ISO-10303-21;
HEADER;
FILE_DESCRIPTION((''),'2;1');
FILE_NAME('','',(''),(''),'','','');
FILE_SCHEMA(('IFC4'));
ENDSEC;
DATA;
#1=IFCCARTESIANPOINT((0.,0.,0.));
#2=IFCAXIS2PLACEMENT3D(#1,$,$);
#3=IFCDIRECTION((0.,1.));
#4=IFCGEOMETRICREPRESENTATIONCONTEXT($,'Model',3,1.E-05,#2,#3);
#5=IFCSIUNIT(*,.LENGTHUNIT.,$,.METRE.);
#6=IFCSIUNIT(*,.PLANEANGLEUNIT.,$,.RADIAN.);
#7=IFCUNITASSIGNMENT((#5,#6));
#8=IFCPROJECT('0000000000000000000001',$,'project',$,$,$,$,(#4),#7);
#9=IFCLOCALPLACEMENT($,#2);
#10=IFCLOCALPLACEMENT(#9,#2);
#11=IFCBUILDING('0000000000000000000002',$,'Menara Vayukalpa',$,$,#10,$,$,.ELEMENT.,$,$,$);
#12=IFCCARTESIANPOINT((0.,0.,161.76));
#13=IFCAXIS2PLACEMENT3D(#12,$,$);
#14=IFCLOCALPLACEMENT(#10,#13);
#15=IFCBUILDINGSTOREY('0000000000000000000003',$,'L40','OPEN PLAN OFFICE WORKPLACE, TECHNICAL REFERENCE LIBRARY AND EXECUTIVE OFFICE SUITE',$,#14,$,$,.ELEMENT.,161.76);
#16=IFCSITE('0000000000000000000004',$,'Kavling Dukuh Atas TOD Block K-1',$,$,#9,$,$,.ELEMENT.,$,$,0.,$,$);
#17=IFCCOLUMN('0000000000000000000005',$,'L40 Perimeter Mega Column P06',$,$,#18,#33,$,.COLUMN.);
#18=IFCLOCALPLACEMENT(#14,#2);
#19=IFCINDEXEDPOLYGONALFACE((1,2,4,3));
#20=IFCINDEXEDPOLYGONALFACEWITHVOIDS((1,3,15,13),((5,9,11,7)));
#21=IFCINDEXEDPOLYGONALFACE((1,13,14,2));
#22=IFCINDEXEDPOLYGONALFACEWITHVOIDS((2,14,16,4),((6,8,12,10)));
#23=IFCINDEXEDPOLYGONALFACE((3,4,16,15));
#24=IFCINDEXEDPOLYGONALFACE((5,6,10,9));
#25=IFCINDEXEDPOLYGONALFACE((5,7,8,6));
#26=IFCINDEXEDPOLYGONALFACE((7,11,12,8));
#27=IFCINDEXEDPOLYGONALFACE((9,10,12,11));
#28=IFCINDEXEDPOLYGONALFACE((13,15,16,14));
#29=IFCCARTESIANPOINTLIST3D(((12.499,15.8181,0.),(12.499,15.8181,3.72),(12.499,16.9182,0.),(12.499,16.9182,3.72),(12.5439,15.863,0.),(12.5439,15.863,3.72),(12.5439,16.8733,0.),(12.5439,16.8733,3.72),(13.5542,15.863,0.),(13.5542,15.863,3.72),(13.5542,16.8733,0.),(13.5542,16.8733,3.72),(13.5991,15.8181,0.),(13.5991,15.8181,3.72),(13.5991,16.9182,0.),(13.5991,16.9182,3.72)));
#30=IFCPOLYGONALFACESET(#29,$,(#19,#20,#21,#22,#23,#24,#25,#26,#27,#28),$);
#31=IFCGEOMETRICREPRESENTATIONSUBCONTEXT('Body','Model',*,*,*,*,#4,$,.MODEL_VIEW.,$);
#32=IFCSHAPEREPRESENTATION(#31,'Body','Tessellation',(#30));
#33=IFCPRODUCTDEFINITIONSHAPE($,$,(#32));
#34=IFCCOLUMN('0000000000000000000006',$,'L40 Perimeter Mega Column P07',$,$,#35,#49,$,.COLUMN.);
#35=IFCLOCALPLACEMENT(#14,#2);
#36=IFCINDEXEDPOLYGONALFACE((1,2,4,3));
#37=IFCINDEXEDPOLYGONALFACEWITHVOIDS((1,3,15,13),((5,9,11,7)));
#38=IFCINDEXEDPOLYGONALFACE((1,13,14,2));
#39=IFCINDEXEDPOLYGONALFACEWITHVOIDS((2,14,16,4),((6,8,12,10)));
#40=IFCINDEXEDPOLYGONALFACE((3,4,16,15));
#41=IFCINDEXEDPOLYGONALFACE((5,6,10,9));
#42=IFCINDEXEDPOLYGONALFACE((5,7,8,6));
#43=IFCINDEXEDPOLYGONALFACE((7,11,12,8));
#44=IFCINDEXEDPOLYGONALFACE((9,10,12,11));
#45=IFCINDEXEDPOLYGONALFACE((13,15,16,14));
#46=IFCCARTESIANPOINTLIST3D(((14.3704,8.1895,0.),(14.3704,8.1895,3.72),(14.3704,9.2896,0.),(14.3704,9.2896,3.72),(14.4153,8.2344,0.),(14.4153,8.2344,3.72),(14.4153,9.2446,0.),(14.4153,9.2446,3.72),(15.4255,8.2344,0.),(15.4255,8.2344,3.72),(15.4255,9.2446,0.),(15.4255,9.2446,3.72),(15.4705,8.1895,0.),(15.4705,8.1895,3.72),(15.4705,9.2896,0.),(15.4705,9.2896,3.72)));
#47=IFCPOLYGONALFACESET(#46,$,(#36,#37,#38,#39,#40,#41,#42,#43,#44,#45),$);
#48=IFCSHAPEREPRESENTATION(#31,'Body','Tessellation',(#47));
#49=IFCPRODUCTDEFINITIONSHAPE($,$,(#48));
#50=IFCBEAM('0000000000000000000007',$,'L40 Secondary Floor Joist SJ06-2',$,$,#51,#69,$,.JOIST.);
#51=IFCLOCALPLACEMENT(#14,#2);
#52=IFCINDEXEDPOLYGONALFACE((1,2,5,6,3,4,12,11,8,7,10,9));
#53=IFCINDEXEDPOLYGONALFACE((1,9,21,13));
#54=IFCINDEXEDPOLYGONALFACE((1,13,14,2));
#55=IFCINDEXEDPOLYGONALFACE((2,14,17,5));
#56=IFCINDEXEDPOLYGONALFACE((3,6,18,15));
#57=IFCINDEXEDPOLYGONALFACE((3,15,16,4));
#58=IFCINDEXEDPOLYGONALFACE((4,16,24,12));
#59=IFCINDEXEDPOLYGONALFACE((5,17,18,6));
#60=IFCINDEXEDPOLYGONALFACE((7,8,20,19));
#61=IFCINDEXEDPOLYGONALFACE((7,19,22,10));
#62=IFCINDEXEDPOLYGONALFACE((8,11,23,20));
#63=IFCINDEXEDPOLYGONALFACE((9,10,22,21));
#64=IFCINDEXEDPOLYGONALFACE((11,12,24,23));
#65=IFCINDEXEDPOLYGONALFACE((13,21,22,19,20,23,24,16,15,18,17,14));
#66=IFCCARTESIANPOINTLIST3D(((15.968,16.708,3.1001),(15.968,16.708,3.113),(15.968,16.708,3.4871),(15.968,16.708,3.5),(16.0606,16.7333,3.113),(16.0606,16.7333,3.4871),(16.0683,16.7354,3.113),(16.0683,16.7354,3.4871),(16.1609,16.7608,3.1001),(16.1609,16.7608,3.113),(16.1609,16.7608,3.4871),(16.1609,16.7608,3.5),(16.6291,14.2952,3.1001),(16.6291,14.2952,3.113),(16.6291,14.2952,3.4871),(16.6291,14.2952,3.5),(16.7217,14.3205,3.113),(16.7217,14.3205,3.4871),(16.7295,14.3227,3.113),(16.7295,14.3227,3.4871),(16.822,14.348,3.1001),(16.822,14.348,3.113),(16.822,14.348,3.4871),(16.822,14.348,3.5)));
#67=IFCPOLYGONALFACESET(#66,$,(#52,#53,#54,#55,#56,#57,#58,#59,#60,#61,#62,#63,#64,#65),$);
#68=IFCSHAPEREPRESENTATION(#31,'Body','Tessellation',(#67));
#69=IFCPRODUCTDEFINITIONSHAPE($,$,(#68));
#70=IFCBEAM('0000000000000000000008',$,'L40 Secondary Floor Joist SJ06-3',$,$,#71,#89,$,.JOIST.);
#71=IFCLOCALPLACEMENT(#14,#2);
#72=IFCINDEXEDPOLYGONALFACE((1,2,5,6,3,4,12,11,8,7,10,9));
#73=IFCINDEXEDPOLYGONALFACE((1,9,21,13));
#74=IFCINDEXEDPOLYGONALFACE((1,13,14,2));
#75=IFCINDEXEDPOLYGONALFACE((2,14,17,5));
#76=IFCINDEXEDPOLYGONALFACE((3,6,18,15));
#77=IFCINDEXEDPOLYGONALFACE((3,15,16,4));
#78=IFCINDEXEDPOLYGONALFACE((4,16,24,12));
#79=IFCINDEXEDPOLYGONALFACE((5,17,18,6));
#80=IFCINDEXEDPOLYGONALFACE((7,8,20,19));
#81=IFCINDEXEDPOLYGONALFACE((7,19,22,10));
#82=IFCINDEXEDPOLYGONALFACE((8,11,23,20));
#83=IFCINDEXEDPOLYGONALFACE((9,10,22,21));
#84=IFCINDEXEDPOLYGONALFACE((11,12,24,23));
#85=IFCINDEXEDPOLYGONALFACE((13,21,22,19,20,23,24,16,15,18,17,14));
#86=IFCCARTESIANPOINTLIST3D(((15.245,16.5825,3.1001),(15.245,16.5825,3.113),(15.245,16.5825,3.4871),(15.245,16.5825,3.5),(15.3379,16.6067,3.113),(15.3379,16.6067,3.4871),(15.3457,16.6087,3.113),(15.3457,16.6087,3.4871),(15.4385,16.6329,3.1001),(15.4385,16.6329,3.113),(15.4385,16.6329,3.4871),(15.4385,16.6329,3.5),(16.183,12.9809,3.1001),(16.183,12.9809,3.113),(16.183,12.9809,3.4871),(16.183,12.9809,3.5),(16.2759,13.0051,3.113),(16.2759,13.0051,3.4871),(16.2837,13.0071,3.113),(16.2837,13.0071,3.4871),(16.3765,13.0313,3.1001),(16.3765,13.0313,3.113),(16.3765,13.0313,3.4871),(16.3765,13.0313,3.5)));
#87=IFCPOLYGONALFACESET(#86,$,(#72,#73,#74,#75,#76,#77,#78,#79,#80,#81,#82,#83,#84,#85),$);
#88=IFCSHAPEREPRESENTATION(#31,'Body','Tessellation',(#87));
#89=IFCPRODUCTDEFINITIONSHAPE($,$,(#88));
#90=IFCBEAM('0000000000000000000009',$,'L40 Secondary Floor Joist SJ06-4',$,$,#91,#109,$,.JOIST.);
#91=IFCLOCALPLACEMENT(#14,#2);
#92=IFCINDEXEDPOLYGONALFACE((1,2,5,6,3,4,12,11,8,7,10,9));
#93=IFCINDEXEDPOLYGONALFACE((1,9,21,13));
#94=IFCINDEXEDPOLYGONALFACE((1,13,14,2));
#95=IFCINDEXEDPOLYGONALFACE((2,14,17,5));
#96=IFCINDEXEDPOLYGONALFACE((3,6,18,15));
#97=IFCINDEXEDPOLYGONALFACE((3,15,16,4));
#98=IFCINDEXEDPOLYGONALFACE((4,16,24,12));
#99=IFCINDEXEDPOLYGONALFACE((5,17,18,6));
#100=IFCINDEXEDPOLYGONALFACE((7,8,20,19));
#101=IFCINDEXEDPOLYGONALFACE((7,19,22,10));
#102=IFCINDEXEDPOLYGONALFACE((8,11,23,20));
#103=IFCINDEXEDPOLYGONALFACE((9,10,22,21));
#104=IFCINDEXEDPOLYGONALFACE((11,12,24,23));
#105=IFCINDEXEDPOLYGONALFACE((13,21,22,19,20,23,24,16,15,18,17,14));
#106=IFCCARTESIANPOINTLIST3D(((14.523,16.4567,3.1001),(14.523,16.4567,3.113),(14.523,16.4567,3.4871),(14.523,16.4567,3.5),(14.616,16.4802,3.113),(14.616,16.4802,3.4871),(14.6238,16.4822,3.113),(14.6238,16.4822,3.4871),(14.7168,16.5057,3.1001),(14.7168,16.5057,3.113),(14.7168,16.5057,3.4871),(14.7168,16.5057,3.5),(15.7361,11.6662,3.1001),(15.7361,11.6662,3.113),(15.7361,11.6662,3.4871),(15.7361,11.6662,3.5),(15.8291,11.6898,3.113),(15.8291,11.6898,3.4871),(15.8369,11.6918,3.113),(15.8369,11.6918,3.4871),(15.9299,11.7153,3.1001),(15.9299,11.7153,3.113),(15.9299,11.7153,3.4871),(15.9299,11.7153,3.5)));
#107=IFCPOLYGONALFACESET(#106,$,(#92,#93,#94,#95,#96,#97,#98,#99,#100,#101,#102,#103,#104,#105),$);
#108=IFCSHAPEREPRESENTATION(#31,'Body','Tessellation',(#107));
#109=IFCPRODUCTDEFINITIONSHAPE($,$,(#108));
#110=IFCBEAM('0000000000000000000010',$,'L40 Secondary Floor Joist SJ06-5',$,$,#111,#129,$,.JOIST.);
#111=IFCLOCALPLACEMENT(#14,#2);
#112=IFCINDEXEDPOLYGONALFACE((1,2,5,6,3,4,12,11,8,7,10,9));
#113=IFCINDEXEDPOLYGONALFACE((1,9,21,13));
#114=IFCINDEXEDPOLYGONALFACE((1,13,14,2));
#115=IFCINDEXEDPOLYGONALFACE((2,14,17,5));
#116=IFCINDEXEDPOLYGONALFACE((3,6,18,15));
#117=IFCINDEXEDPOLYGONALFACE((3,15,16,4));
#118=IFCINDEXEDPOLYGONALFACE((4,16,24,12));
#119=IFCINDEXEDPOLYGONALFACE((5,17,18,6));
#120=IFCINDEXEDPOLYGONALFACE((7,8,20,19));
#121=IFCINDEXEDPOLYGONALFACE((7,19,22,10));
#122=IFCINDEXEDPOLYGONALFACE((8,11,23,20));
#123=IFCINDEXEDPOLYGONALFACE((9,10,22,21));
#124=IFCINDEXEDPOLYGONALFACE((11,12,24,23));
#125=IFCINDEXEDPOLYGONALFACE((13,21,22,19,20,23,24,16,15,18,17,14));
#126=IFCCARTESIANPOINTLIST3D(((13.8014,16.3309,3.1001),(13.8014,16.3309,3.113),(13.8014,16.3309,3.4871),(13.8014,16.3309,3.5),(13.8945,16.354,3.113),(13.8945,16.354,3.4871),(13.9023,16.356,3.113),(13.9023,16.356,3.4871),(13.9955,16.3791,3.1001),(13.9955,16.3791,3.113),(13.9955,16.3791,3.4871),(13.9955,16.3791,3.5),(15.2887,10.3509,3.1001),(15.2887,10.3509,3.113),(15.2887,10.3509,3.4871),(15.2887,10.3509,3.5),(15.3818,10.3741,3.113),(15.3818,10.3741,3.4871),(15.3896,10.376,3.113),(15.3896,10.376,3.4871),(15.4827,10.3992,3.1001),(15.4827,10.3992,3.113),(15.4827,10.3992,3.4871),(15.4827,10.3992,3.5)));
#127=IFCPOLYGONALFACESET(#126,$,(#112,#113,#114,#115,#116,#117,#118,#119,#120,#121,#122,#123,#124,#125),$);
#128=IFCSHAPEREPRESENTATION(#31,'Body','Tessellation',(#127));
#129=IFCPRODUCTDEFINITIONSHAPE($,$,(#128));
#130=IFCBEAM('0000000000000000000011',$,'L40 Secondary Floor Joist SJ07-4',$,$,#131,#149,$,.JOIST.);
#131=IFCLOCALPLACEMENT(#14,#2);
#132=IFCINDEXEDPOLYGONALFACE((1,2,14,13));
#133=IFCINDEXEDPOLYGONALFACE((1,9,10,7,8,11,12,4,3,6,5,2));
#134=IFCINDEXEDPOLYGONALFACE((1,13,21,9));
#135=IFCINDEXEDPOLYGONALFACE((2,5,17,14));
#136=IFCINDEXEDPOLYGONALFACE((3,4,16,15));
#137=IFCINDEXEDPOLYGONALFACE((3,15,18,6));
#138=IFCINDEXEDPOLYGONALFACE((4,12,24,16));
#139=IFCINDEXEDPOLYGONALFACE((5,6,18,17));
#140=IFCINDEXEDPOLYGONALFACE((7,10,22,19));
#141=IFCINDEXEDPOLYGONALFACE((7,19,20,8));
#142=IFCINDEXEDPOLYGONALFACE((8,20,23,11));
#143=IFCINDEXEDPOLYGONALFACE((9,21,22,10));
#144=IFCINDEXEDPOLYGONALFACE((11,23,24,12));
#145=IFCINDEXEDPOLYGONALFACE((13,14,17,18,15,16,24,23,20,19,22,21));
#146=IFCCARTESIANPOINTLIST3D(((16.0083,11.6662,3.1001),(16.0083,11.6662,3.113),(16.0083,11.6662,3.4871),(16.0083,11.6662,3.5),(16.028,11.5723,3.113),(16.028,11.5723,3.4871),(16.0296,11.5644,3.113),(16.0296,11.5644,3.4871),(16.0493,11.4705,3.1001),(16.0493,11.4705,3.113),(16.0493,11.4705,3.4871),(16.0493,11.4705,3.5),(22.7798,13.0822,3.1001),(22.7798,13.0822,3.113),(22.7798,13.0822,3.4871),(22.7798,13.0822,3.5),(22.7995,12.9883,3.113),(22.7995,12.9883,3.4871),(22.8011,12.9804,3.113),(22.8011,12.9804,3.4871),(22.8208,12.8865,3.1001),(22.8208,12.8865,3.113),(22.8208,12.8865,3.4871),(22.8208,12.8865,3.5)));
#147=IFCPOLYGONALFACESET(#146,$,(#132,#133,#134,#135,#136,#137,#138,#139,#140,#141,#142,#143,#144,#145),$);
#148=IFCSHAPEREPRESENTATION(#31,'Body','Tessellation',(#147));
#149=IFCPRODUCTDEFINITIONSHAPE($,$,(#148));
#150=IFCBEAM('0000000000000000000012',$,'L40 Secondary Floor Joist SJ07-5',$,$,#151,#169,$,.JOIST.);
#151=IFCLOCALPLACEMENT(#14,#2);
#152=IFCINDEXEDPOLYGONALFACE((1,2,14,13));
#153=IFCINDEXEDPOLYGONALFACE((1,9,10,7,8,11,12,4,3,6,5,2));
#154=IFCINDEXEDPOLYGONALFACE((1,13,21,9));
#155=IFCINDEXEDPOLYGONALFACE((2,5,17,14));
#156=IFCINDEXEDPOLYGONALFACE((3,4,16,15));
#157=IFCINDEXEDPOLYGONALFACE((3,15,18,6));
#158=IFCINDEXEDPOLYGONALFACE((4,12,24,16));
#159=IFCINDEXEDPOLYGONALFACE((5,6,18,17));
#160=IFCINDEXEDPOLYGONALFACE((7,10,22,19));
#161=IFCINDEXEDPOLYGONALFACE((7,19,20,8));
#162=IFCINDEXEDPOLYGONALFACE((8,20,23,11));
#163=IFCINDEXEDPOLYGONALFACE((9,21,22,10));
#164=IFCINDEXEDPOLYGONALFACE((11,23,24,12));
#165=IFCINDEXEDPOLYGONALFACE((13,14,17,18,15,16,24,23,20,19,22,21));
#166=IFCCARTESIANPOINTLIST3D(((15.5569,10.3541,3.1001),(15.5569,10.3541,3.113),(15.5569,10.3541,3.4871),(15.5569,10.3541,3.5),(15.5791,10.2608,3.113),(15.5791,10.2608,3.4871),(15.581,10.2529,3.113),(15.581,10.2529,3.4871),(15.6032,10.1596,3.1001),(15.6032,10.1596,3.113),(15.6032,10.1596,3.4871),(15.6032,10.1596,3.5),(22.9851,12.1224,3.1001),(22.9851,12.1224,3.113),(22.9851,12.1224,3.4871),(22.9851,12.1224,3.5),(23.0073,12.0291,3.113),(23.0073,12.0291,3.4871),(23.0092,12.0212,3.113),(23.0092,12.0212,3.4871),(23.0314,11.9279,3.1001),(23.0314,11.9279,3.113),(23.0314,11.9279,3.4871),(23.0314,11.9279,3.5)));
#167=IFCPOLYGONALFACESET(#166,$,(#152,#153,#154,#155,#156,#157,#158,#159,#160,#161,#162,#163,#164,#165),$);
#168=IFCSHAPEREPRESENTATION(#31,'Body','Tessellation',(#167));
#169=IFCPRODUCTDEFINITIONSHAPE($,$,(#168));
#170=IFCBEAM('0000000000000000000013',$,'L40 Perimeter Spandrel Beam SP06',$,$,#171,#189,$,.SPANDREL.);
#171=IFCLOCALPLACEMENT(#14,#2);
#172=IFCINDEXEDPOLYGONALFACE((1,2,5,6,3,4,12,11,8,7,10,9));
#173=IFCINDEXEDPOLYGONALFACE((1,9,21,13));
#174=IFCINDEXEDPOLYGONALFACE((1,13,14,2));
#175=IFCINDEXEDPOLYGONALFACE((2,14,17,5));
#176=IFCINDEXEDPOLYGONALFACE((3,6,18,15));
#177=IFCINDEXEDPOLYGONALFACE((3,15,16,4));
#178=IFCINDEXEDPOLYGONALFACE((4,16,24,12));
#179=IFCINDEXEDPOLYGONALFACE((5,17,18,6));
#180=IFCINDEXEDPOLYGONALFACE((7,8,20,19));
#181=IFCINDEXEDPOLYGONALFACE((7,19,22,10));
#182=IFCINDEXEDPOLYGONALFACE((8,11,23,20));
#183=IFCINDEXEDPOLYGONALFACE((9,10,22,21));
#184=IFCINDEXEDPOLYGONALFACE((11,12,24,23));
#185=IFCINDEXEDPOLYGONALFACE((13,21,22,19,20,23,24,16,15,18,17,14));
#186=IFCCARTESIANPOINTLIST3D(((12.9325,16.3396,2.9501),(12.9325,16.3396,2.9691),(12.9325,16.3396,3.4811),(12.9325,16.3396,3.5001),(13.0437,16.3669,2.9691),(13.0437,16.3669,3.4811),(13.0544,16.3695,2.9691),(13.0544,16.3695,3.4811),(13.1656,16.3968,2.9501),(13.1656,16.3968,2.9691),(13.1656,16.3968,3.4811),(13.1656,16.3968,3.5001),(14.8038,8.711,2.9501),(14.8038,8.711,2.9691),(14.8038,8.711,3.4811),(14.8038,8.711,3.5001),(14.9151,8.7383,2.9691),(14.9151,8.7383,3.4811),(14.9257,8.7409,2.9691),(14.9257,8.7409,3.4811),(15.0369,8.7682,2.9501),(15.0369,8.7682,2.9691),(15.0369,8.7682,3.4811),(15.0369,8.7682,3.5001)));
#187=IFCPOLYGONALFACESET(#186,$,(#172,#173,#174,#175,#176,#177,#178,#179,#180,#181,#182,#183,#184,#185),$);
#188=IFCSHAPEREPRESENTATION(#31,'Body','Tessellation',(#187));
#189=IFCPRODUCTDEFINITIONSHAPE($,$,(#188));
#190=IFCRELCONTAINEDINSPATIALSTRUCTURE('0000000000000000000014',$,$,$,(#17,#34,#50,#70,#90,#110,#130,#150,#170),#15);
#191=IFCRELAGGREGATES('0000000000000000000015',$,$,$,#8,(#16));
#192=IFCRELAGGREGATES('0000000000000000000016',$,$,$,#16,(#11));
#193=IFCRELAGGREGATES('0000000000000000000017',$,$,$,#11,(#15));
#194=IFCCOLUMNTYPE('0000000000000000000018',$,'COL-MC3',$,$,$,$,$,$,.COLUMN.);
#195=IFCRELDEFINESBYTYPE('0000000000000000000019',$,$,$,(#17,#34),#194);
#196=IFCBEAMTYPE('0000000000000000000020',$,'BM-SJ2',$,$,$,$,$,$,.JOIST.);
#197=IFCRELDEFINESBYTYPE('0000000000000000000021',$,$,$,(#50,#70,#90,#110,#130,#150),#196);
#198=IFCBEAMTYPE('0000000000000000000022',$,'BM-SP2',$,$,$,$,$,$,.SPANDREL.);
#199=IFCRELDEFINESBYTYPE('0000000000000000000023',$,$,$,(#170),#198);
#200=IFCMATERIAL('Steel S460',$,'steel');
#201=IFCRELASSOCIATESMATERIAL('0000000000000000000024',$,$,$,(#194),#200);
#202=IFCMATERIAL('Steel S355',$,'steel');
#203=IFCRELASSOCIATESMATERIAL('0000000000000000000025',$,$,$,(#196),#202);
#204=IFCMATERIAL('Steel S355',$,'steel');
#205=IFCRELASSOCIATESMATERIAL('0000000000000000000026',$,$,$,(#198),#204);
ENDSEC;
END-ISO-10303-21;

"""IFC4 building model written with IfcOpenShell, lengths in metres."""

from ifc_helpers import new_model, si_unit, direction, frame, origin, origin_2d, place, context, subcontext, project, spatial, hollow_rectangle, i_section, extrude, material, material_profile, profile_set, type_object, element, save


model = new_model("IFC4")

# Units and contexts
model_context = context("Model", 3, precision=1e-05, world=origin(), true_north=direction((0.0, 1.0)))
body_context = subcontext(model_context, "Body", "Model", "MODEL_VIEW")
ifc_project = project(units=[si_unit("LENGTHUNIT", "METRE"), si_unit("PLANEANGLEUNIT", "RADIAN")], contexts=[model_context])

# Site, building, storey
site_placement = place(None, origin())
site = spatial("IfcSite", under=ifc_project, at=site_placement, Name="Kavling Dukuh Atas TOD Block K-1", CompositionType="ELEMENT", RefElevation=0.0)
building_placement = place(site_placement, origin())
building = spatial("IfcBuilding", under=site, at=building_placement, Name="Menara Vayukalpa", CompositionType="ELEMENT")
storey_placement = place(building_placement, frame((0.0, 0.0, 161.76)))
storey = spatial("IfcBuildingStorey", under=building, at=storey_placement, Name="L40", Description="OPEN PLAN OFFICE WORKPLACE, TECHNICAL REFERENCE LIBRARY AND EXECUTIVE OFFICE SUITE", CompositionType="ELEMENT", Elevation=161.76)

# Columns
ifc_material_1 = material(Name="Steel S460", Category="steel")
ifc_material_profile_1 = material_profile(ifc_material_1, hollow_rectangle(XDim=1.1001, YDim=1.1001, WallThickness=0.0449, at=origin_2d()), Name="BOX 1100x1100x45")
ifc_profile_set_1 = profile_set([ifc_material_profile_1], Name="Steel S460")
column_type = type_object("IfcColumnType", Name="COL-MC3", PredefinedType="COLUMN", material=ifc_profile_set_1)
for number, where, z_axis, x_axis, name in (
    (1, (13.0491, 16.3682, 0.0), (0.0, 0.0, 1.0), (1.0, 0.0, 0.0), "L40 Perimeter Mega Column P06"),
    (2, (14.9204, 8.7395, 0.0), (0.0, 0.0, 1.0), (1.0, 0.0, 0.0), "L40 Perimeter Mega Column P07"),
):
    element("IfcColumn", number, at=place(storey_placement, frame(where, z_axis=z_axis, x_axis=x_axis)), inside=storey, type_object=column_type, Name=name, PredefinedType="COLUMN", context=body_context, shape_type="SweptSolid", body=[
        extrude(hollow_rectangle(XDim=1.1001, YDim=1.1001, WallThickness=0.0449, at=origin_2d()), origin(), (0.0, 0.0, 1.0), 3.72),
    ])

# Beams
ifc_material_2 = material(Name="Steel S355", Category="steel")
ifc_material_profile_2 = material_profile(ifc_material_2, i_section(OverallWidth=0.2, OverallDepth=0.3999, WebThickness=0.0081, FlangeThickness=0.0129, at=origin_2d()), Name="WF 400x200x8x13")
ifc_profile_set_2 = profile_set([ifc_material_profile_2], Name="Steel S355")
beam_type_1 = type_object("IfcBeamType", Name="BM-SJ2", PredefinedType="JOIST", material=ifc_profile_set_2)
beam_1_placement = place(storey_placement, frame((16.0645, 16.7344, 3.3), z_axis=(0.264265, -0.96445, 0.0), x_axis=(0.96445, 0.264265, 0.0)))
element("IfcBeam", 3, at=beam_1_placement, inside=storey, type_object=beam_type_1, Name="L40 Secondary Floor Joist SJ06-2", PredefinedType="JOIST", context=body_context, shape_type="SweptSolid", body=[
    extrude(i_section(OverallWidth=0.2, OverallDepth=0.3999, WebThickness=0.0081, FlangeThickness=0.0129, at=origin_2d()), origin(), (0.0, 0.0, 1.0), 2.5017),
])
beam_2_placement = place(storey_placement, frame((15.3418, 16.6077, 3.3), z_axis=(0.252032, -0.967719, 0.0), x_axis=(0.967719, 0.252032, 0.0)))
element("IfcBeam", 4, at=beam_2_placement, inside=storey, type_object=beam_type_1, Name="L40 Secondary Floor Joist SJ06-3", PredefinedType="JOIST", context=body_context, shape_type="SweptSolid", body=[
    extrude(i_section(OverallWidth=0.2, OverallDepth=0.3999, WebThickness=0.0081, FlangeThickness=0.0129, at=origin_2d()), origin(), (0.0, 0.0, 1.0), 3.7217),
])
beam_3_placement = place(storey_placement, frame((14.6199, 16.4812, 3.3), z_axis=(0.245487, -0.9694, 0.0), x_axis=(0.9694, 0.245487, 0.0)))
element("IfcBeam", 5, at=beam_3_placement, inside=storey, type_object=beam_type_1, Name="L40 Secondary Floor Joist SJ06-4", PredefinedType="JOIST", context=body_context, shape_type="SweptSolid", body=[
    extrude(i_section(OverallWidth=0.2, OverallDepth=0.3999, WebThickness=0.0081, FlangeThickness=0.0129, at=origin_2d()), origin(), (0.0, 0.0, 1.0), 4.9417),
])
beam_4_placement = place(storey_placement, frame((13.8984, 16.355, 3.3), z_axis=(0.241361, -0.970435, 0.0), x_axis=(0.970435, 0.241361, 0.0)))
element("IfcBeam", 6, at=beam_4_placement, inside=storey, type_object=beam_type_1, Name="L40 Secondary Floor Joist SJ06-5", PredefinedType="JOIST", context=body_context, shape_type="SweptSolid", body=[
    extrude(i_section(OverallWidth=0.2, OverallDepth=0.3999, WebThickness=0.0081, FlangeThickness=0.0129, at=origin_2d()), origin(), (0.0, 0.0, 1.0), 6.1621),
])
beam_5_placement = place(storey_placement, frame((16.0288, 11.5684, 3.3), z_axis=(0.978827, 0.204687, 0.0), x_axis=(-0.204687, 0.978827, 0.0)))
element("IfcBeam", 7, at=beam_5_placement, inside=storey, type_object=beam_type_1, Name="L40 Secondary Floor Joist SJ07-4", PredefinedType="JOIST", context=body_context, shape_type="SweptSolid", body=[
    extrude(i_section(OverallWidth=0.2, OverallDepth=0.3999, WebThickness=0.0081, FlangeThickness=0.0129, at=origin_2d()), origin(), (0.0, 0.0, 1.0), 6.918),
])
beam_6_placement = place(storey_placement, frame((15.5801, 10.2568, 3.3), z_axis=(0.972815, 0.231582, 0.0), x_axis=(-0.231582, 0.972815, 0.0)))
element("IfcBeam", 8, at=beam_6_placement, inside=storey, type_object=beam_type_1, Name="L40 Secondary Floor Joist SJ07-5", PredefinedType="JOIST", context=body_context, shape_type="SweptSolid", body=[
    extrude(i_section(OverallWidth=0.2, OverallDepth=0.3999, WebThickness=0.0081, FlangeThickness=0.0129, at=origin_2d()), origin(), (0.0, 0.0, 1.0), 7.6357),
])
ifc_material_3 = material(Name="Steel S355", Category="steel")
ifc_material_profile_3 = material_profile(ifc_material_3, i_section(OverallWidth=0.24, OverallDepth=0.55, WebThickness=0.011, FlangeThickness=0.019, at=origin_2d()), Name="WF 550x240x11x19")
ifc_profile_set_3 = profile_set([ifc_material_profile_3], Name="Steel S355")
beam_type_2 = type_object("IfcBeamType", Name="BM-SP2", PredefinedType="SPANDREL", material=ifc_profile_set_3)
beam_7_placement = place(storey_placement, frame((13.0491, 16.3682, 3.2251), z_axis=(0.23824, -0.971206, 0.0), x_axis=(0.971206, 0.23824, 0.0)))
element("IfcBeam", 9, at=beam_7_placement, inside=storey, type_object=beam_type_2, Name="L40 Perimeter Spandrel Beam SP06", PredefinedType="SPANDREL", context=body_context, shape_type="SweptSolid", body=[
    extrude(i_section(OverallWidth=0.24, OverallDepth=0.55, WebThickness=0.011, FlangeThickness=0.019, at=origin_2d()), origin(), (0.0, 0.0, 1.0), 7.8547),
])

save(model, "model.ifc")
